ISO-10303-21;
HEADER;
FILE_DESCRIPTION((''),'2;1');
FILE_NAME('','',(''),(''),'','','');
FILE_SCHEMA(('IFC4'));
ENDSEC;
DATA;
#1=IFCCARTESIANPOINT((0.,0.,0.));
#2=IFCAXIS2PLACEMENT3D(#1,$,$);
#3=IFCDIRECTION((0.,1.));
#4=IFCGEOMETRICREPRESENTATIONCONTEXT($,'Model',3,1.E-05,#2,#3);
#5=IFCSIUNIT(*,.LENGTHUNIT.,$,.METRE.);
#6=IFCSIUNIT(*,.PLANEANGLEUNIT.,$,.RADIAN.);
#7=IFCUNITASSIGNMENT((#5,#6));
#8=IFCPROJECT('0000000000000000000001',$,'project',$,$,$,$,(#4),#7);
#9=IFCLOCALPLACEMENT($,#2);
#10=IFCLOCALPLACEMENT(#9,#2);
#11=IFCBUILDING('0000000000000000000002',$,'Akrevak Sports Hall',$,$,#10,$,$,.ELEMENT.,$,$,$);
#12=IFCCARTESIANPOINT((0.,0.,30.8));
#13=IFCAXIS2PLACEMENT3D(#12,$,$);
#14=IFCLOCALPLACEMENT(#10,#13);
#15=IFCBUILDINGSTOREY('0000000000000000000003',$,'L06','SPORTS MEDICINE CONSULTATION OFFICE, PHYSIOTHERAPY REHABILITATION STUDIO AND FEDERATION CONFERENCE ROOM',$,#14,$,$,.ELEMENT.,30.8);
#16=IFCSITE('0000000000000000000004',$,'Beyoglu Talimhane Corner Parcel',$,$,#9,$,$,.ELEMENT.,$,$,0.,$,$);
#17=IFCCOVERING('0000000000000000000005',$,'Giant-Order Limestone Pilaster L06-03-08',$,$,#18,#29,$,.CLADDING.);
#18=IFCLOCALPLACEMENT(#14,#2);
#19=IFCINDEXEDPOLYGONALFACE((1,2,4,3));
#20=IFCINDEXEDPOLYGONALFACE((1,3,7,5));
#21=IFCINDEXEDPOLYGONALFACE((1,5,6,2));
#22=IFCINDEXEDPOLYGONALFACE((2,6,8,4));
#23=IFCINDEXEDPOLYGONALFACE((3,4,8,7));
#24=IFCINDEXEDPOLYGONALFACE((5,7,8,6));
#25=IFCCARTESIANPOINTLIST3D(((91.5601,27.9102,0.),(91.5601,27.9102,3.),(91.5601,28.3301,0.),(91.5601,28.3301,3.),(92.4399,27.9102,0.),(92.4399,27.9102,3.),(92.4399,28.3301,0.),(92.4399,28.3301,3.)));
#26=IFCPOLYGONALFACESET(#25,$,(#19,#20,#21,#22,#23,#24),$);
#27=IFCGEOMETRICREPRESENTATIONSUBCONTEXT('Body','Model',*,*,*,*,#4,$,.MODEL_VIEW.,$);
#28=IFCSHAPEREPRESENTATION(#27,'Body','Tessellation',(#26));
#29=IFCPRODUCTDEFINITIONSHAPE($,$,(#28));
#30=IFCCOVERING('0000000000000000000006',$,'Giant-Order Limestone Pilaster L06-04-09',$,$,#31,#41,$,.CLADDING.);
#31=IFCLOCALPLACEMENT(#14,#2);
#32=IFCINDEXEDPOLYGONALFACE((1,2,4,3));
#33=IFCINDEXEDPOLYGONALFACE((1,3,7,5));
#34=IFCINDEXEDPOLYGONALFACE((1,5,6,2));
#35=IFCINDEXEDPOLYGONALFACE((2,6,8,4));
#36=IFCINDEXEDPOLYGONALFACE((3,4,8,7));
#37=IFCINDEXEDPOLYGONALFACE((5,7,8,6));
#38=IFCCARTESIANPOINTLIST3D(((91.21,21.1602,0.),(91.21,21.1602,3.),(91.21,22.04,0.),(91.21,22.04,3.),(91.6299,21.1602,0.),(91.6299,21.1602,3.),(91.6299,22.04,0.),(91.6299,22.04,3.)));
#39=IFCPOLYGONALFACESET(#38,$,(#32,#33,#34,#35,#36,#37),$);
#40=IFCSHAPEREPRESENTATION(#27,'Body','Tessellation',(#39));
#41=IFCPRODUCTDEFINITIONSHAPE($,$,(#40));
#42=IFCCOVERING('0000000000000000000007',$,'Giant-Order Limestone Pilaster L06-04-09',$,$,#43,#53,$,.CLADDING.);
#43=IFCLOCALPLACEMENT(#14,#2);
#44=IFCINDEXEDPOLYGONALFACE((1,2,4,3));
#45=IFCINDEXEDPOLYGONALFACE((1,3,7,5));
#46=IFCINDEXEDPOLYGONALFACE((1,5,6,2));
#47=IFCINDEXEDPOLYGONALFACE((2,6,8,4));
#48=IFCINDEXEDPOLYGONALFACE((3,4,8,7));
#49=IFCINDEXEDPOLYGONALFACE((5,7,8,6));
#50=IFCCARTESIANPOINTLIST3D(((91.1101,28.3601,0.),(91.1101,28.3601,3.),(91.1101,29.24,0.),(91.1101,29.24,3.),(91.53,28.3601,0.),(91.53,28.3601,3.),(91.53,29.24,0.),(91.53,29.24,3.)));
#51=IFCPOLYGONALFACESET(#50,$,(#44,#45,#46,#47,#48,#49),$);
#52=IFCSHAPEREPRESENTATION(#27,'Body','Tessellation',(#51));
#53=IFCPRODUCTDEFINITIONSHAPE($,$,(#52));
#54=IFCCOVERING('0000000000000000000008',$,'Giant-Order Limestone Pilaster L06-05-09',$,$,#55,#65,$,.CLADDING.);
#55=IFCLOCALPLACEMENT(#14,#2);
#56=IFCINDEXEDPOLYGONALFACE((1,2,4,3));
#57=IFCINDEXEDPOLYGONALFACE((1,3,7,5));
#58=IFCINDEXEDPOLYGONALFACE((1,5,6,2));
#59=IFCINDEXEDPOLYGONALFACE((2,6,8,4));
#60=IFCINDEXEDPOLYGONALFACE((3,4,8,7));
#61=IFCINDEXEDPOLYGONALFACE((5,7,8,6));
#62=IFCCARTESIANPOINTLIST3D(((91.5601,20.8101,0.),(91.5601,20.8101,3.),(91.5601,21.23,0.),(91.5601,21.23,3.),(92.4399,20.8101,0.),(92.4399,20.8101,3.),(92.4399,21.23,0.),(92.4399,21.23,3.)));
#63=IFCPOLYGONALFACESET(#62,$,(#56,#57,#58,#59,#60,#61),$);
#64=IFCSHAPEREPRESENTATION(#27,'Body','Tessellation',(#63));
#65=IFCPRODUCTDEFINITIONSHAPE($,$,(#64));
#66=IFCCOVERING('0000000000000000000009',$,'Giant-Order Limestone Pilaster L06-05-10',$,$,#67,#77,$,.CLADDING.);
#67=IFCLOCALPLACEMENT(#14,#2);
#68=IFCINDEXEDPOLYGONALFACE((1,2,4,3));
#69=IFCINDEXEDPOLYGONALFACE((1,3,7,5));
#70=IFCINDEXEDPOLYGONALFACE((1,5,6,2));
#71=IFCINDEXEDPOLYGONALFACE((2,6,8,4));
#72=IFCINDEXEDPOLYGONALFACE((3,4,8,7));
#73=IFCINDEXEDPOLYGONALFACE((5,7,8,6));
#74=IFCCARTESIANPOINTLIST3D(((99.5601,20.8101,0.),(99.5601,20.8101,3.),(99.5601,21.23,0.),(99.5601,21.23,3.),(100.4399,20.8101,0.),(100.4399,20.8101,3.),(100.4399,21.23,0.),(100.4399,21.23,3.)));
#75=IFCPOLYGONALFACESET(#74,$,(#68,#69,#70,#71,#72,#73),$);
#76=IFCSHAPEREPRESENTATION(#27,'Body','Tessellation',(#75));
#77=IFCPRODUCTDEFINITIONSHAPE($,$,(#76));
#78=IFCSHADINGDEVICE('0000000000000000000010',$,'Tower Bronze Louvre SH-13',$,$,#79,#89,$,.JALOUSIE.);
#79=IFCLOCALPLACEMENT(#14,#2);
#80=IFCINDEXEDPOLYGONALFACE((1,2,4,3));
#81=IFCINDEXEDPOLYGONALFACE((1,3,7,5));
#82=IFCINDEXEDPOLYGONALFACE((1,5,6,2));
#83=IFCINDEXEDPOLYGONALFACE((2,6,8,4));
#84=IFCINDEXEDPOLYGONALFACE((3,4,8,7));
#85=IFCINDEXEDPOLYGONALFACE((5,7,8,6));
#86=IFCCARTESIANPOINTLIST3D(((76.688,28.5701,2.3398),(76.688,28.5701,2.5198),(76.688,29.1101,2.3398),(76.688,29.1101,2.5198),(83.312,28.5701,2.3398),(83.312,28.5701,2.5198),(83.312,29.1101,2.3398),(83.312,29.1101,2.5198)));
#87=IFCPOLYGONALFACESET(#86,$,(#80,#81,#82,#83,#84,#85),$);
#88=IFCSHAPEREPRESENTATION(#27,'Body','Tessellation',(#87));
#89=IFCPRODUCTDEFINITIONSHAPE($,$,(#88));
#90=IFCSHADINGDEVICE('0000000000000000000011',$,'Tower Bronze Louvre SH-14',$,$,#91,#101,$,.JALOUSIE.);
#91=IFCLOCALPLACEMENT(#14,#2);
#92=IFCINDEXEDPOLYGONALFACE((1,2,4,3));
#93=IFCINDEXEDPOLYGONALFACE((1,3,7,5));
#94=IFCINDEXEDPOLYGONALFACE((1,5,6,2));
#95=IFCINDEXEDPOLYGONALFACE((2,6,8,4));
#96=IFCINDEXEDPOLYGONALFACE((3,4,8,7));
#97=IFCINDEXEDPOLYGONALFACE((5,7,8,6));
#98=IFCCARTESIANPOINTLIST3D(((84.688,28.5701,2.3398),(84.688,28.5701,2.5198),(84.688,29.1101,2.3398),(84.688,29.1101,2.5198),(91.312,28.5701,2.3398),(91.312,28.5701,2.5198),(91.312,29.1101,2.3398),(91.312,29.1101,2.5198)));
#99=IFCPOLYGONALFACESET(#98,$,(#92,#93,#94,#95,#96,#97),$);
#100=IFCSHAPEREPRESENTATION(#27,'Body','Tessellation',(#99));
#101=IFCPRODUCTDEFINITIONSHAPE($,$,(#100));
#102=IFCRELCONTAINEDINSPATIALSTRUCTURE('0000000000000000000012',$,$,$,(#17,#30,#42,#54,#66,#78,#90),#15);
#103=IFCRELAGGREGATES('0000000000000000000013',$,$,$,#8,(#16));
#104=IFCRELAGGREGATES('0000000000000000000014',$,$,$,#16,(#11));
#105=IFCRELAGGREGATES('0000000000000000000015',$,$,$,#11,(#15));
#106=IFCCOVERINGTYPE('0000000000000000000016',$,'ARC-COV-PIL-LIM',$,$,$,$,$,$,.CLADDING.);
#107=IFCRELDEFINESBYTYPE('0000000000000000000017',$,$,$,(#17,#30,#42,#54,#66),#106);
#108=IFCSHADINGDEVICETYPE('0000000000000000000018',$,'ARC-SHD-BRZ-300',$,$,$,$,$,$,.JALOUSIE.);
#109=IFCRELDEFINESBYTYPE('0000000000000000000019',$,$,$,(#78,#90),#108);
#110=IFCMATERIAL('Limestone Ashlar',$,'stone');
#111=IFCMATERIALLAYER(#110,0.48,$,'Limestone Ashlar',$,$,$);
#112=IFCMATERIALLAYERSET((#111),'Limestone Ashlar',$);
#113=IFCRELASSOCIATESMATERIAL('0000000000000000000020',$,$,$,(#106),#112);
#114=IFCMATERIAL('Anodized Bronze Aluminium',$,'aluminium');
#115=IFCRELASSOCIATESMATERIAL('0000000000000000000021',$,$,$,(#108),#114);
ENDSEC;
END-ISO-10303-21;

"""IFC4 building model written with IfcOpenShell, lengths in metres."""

from ifc_helpers import new_model, si_unit, direction, frame, origin, origin_2d, place, context, subcontext, project, spatial, rectangle, extrude, material, layer, layer_set, type_object, element, save


model = new_model("IFC4")

# Units and contexts
model_context = context("Model", 3, precision=1e-05, world=origin(), true_north=direction((0.0, 1.0)))
body_context = subcontext(model_context, "Body", "Model", "MODEL_VIEW")
ifc_project = project(units=[si_unit("LENGTHUNIT", "METRE"), si_unit("PLANEANGLEUNIT", "RADIAN")], contexts=[model_context])

# Site, building, storey
site_placement = place(None, origin())
site = spatial("IfcSite", under=ifc_project, at=site_placement, Name="Beyoglu Talimhane Corner Parcel", CompositionType="ELEMENT", RefElevation=0.0)
building_placement = place(site_placement, origin())
building = spatial("IfcBuilding", under=site, at=building_placement, Name="Akrevak Sports Hall", CompositionType="ELEMENT")
storey_placement = place(building_placement, frame((0.0, 0.0, 30.8)))
storey = spatial("IfcBuildingStorey", under=building, at=storey_placement, Name="L06", Description="SPORTS MEDICINE CONSULTATION OFFICE, PHYSIOTHERAPY REHABILITATION STUDIO AND FEDERATION CONFERENCE ROOM", CompositionType="ELEMENT", Elevation=30.8)

# Shared definitions
ifc_material_1 = material(Name="Anodized Bronze Aluminium", Category="aluminium")

# Shared definitions
ifc_material_2 = material(Name="Limestone Ashlar", Category="stone")

# Coverings
ifc_layer_1 = layer(ifc_material_2, 0.48, Name="Limestone Ashlar")
ifc_layer_set_1 = layer_set([ifc_layer_1], Name="Limestone Ashlar")
covering_type = type_object("IfcCoveringType", Name="ARC-COV-PIL-LIM", PredefinedType="CLADDING", material=ifc_layer_set_1)
for number, where, z_axis, x_axis, name in (
    (1, (92.0, 28.1201, 0.0), (0.0, 0.0, 1.0), (1.0, 0.0, 0.0), "Giant-Order Limestone Pilaster L06-03-08"),
    (2, (91.4199, 21.6001, 0.0), (0.0, 0.0, 1.0), (0.0, -1.0, 0.0), "Giant-Order Limestone Pilaster L06-04-09"),
    (3, (91.3201, 28.8, 0.0), (0.0, 0.0, 1.0), (0.0, -1.0, 0.0), "Giant-Order Limestone Pilaster L06-04-09"),
    (4, (92.0, 21.02, 0.0), (0.0, 0.0, 1.0), (1.0, 0.0, 0.0), "Giant-Order Limestone Pilaster L06-05-09"),
    (5, (100.0, 21.02, 0.0), (0.0, 0.0, 1.0), (1.0, 0.0, 0.0), "Giant-Order Limestone Pilaster L06-05-10"),
):
    element("IfcCovering", number, at=place(storey_placement, frame(where, z_axis=z_axis, x_axis=x_axis)), inside=storey, type_object=covering_type, Name=name, PredefinedType="CLADDING", context=body_context, shape_type="SweptSolid", body=[
        extrude(rectangle(XDim=0.8799, YDim=0.4199, at=origin_2d()), origin(), (0.0, 0.0, 1.0), 3.0),
    ])

# Shading devices
shading_device_type = type_object("IfcShadingDeviceType", Name="ARC-SHD-BRZ-300", PredefinedType="JALOUSIE", material=ifc_material_1)
for number, where, z_axis, x_axis, name in (
    (6, (80.0, 28.8401, 2.3398), (0.0, 0.0, 1.0), (1.0, 0.0, 0.0), "Tower Bronze Louvre SH-13"),
    (7, (88.0, 28.8401, 2.3398), (0.0, 0.0, 1.0), (1.0, 0.0, 0.0), "Tower Bronze Louvre SH-14"),
):
    element("IfcShadingDevice", number, at=place(storey_placement, frame(where, z_axis=z_axis, x_axis=x_axis)), inside=storey, type_object=shading_device_type, Name=name, PredefinedType="JALOUSIE", context=body_context, shape_type="SweptSolid", body=[
        extrude(rectangle(XDim=6.624, YDim=0.54, at=origin_2d()), origin(), (0.0, 0.0, 1.0), 0.1799),
    ])

save(model, "model.ifc")
